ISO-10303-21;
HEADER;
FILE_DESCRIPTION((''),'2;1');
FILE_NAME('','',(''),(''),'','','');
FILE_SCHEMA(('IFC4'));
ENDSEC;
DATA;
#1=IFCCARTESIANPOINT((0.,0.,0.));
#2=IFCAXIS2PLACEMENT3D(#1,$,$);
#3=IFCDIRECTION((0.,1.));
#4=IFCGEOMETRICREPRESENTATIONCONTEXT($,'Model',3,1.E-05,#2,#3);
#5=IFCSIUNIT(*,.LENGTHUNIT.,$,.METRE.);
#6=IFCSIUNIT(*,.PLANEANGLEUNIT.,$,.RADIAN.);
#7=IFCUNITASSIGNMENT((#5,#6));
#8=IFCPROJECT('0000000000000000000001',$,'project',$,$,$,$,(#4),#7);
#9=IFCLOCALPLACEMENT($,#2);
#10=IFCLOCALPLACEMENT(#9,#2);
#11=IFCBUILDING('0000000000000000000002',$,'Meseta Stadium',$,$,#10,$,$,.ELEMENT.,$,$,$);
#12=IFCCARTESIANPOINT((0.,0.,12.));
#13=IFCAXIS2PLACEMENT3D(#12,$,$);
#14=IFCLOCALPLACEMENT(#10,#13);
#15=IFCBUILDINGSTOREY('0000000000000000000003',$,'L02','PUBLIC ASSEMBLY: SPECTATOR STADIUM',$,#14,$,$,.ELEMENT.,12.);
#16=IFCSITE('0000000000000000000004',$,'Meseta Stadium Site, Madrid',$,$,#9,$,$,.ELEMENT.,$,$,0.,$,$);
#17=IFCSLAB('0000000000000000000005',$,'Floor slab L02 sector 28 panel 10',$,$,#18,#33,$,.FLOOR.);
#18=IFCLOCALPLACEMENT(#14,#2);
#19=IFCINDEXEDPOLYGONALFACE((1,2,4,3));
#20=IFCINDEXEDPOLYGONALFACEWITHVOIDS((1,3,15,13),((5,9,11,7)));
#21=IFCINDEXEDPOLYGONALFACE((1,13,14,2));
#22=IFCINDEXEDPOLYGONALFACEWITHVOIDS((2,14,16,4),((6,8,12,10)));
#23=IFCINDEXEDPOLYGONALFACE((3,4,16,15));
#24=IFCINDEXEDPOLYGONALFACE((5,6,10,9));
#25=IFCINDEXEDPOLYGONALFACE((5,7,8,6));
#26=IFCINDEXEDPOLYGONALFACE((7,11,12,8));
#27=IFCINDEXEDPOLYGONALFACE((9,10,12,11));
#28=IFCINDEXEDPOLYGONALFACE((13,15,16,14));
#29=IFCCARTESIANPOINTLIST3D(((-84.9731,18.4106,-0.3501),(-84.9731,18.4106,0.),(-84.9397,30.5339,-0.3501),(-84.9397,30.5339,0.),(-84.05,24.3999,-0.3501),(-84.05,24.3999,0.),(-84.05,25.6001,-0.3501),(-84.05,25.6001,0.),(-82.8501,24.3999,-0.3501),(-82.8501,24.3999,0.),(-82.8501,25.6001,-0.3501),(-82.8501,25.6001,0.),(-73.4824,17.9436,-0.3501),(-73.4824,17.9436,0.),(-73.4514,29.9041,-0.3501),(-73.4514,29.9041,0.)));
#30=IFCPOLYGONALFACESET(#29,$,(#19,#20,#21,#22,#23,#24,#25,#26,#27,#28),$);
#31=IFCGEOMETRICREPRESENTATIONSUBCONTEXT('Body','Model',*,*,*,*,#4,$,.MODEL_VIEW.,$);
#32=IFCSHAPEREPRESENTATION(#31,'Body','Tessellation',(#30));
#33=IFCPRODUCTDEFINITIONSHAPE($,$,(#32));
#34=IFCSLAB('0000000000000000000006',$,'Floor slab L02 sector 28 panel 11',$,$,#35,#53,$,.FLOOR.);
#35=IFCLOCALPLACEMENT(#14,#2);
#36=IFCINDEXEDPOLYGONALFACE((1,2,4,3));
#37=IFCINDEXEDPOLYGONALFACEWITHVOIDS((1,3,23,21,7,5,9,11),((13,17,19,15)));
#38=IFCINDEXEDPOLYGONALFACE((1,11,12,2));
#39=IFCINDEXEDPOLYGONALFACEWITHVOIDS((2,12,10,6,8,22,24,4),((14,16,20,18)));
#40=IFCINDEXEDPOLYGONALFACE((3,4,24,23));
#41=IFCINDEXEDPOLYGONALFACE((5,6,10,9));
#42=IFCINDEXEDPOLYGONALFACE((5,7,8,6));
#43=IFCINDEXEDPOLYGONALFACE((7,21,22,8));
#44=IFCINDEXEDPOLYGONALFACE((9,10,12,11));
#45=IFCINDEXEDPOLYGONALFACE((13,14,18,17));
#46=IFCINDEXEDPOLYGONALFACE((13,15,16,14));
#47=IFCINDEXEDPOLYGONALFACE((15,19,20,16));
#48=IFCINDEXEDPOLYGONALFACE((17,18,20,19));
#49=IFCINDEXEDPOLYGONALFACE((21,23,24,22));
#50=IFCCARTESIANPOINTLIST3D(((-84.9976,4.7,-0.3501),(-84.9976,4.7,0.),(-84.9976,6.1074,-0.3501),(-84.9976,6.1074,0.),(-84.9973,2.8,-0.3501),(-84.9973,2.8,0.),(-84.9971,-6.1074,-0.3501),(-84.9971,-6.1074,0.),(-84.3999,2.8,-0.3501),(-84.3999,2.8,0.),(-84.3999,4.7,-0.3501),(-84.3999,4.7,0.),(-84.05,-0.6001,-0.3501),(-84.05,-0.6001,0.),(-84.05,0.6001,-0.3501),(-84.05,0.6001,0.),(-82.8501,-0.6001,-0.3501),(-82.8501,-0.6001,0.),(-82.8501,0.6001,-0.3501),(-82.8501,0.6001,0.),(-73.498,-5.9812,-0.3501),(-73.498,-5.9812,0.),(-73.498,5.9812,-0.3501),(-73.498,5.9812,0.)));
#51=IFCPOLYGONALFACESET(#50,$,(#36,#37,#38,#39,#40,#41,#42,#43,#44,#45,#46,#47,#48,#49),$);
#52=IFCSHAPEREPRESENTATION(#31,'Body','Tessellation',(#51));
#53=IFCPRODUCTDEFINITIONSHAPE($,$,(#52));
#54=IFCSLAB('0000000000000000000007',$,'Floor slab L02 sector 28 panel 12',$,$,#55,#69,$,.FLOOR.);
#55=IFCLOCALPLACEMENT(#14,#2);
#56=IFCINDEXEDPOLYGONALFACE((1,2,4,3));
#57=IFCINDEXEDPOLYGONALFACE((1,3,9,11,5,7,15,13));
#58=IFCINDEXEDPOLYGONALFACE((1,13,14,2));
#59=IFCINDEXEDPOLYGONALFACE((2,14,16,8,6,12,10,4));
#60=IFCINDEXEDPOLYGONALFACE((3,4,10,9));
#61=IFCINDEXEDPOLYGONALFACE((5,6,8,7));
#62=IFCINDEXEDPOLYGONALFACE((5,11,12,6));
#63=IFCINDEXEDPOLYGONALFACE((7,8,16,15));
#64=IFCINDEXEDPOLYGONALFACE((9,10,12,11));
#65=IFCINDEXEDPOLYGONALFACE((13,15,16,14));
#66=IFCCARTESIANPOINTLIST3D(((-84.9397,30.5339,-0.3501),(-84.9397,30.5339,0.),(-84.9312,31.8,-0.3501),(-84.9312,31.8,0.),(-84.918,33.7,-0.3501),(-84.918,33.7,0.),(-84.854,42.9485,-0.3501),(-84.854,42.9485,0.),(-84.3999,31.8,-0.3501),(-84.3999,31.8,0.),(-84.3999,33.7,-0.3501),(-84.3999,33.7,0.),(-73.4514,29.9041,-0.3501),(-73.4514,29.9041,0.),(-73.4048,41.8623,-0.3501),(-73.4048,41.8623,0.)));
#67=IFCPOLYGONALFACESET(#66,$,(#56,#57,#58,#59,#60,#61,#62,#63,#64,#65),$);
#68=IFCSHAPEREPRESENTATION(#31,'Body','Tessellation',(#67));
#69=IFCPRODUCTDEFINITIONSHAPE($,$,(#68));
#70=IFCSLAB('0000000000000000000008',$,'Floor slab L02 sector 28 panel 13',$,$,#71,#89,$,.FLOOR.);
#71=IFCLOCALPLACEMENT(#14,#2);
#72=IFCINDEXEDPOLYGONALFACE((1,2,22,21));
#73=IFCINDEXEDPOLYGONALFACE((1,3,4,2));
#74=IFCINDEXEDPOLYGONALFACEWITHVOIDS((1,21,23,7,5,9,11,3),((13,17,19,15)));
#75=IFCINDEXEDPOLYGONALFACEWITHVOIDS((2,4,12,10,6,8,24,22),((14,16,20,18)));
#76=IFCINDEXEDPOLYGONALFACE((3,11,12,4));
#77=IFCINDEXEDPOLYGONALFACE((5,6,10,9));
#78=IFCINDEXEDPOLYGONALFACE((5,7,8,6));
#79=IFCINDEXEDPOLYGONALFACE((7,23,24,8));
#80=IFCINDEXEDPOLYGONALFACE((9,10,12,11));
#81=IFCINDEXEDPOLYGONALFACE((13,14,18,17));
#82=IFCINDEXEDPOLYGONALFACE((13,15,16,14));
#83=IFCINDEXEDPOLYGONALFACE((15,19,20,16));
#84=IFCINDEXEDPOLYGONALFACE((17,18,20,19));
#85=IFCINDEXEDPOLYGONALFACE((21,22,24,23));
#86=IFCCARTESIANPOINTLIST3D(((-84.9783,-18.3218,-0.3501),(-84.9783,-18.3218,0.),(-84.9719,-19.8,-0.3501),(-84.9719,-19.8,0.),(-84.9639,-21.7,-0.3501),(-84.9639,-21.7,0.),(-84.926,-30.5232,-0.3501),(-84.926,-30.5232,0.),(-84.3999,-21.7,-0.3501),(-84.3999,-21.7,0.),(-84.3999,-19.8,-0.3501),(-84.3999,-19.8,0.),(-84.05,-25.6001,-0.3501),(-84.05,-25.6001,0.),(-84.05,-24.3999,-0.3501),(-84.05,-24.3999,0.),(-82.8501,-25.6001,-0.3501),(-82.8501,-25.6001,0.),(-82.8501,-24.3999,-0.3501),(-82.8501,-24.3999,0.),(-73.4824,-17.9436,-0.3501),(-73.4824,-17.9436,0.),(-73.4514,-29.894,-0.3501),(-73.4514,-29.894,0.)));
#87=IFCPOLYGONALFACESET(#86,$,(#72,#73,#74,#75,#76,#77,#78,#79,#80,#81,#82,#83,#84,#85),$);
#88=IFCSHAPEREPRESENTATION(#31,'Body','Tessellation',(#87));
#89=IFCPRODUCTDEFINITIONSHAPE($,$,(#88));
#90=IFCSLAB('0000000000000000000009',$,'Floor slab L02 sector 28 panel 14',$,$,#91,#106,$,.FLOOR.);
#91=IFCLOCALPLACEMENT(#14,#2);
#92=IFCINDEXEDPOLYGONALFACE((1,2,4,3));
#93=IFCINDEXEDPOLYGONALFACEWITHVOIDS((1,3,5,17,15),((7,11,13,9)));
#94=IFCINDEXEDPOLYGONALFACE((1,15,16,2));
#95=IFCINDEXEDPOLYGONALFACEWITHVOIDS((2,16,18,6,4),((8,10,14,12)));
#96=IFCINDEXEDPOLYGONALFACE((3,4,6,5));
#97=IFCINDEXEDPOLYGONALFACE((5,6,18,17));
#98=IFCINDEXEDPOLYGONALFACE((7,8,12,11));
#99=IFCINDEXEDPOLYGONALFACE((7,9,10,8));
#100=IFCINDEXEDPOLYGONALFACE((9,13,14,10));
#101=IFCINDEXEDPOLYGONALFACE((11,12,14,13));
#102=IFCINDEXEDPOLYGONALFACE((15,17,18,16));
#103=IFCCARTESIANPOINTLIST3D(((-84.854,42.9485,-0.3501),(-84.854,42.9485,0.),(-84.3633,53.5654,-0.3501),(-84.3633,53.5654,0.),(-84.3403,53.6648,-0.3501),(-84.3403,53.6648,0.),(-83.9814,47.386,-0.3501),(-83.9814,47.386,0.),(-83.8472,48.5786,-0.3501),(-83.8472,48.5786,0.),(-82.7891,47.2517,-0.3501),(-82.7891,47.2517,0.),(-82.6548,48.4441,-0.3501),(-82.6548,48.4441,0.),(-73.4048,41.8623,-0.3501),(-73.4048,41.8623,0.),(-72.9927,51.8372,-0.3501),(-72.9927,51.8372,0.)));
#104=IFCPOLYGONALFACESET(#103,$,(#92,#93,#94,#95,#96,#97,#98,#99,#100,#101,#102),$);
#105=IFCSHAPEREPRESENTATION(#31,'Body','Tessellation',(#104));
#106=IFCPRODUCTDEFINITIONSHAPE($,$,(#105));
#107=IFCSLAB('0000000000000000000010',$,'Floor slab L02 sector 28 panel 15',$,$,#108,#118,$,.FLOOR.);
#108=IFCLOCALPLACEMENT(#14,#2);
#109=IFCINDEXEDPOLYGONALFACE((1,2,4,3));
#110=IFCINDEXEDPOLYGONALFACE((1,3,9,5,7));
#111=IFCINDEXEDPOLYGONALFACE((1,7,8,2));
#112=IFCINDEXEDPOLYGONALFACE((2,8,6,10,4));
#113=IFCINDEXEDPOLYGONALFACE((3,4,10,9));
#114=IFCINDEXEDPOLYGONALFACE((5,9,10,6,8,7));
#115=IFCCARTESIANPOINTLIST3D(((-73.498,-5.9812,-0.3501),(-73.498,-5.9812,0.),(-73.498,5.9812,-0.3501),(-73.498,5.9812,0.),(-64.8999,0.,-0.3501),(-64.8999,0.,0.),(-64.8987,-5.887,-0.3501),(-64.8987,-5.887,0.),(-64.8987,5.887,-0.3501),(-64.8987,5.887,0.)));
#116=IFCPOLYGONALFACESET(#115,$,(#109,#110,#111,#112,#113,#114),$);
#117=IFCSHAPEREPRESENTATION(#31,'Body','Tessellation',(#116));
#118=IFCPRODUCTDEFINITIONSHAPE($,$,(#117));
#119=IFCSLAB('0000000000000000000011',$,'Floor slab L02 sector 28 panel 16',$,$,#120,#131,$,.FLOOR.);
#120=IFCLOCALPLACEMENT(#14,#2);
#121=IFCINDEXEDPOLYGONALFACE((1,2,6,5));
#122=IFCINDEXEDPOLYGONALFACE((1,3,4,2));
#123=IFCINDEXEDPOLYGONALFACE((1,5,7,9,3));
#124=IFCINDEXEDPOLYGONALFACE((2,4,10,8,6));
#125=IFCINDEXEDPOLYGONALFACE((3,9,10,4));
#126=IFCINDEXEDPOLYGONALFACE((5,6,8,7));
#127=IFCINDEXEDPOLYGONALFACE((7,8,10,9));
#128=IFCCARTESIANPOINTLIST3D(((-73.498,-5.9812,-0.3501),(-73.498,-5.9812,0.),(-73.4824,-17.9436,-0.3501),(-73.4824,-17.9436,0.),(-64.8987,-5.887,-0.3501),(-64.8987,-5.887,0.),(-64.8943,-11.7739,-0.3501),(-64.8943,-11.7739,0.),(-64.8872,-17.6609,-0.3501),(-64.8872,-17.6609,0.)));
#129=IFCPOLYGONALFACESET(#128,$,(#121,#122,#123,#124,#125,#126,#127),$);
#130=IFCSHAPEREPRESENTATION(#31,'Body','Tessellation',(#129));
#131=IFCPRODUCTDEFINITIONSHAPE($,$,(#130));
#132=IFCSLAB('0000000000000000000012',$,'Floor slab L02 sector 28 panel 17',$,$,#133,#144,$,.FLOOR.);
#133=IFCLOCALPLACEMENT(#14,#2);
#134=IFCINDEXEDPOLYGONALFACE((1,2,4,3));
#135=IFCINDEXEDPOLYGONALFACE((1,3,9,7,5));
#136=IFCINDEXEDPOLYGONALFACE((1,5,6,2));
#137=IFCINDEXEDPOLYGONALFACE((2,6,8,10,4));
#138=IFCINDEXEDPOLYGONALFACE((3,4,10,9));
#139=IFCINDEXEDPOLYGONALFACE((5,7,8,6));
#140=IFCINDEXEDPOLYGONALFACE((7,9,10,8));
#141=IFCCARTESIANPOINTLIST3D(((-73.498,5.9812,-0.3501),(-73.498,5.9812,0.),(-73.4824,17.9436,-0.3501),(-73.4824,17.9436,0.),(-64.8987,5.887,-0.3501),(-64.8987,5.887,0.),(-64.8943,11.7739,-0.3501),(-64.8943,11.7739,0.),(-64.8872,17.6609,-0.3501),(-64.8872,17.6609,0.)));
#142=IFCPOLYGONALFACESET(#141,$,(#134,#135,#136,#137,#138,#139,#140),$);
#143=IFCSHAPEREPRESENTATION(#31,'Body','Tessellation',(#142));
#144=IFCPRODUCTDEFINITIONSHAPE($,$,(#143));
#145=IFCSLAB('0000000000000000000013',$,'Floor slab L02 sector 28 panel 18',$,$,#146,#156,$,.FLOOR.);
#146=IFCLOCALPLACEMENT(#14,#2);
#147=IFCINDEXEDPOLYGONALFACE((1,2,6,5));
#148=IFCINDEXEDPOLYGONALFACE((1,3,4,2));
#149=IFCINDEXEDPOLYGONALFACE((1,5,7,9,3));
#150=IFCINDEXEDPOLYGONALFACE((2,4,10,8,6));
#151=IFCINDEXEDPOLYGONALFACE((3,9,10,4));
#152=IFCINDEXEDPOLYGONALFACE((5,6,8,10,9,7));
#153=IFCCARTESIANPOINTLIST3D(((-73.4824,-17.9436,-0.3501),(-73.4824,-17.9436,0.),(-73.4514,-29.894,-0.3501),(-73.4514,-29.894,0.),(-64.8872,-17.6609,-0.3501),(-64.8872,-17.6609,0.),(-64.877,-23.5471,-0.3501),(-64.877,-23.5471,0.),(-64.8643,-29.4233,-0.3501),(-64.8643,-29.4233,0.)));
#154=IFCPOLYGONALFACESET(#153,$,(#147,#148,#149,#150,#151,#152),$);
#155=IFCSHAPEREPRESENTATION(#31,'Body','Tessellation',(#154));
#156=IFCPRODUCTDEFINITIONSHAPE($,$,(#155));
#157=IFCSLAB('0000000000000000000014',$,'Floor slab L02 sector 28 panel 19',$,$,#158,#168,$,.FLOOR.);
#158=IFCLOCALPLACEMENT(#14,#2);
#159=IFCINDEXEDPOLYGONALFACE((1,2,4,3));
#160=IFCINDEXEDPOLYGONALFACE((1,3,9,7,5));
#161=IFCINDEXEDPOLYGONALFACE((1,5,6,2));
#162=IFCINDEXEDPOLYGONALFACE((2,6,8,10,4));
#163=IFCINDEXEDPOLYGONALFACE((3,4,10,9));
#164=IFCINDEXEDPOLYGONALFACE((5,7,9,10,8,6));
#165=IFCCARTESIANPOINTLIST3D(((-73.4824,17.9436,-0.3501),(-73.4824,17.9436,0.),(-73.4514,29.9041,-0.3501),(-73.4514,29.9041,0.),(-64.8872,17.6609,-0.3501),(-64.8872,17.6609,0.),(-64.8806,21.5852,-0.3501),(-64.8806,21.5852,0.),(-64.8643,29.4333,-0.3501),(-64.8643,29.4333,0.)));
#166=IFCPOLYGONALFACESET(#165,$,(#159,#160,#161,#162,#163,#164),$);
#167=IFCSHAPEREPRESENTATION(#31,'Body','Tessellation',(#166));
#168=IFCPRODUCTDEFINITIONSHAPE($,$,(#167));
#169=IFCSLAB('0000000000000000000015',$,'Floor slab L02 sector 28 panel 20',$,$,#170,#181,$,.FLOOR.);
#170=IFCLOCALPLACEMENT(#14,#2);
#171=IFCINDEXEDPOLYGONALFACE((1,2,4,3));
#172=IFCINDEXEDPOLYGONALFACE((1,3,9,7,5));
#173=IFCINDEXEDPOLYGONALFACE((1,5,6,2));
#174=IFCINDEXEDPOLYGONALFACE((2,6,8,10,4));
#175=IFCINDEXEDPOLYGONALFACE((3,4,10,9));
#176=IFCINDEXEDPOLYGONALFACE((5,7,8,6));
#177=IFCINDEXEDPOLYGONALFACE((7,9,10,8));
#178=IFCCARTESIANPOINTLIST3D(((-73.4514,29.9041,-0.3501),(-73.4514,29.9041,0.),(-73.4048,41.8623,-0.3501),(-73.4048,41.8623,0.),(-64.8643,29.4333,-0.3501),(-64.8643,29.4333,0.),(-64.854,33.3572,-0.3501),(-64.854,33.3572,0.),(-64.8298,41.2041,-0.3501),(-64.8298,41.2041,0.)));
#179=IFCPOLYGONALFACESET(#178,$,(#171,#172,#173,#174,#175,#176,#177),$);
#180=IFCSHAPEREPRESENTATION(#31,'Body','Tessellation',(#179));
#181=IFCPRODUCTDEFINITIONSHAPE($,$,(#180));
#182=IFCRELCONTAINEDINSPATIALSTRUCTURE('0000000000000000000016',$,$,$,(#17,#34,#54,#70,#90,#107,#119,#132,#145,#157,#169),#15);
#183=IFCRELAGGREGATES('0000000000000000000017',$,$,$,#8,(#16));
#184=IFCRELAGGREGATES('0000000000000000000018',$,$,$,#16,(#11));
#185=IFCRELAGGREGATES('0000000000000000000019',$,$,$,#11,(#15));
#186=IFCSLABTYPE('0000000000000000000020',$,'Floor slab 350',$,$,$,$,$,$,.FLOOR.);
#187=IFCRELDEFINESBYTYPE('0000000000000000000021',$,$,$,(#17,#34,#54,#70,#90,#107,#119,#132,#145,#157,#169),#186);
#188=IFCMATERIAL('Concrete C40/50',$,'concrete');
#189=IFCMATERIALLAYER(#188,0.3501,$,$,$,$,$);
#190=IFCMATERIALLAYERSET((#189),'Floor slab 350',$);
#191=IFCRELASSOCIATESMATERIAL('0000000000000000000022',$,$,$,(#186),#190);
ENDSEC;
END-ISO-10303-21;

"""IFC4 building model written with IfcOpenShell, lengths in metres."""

from ifc_helpers import new_model, si_unit, direction, frame, origin, place, context, subcontext, project, spatial, polyline, outline, extrude, material, layer, layer_set, type_object, element, save


model = new_model("IFC4")

# Units and contexts
model_context = context("Model", 3, precision=1e-05, world=origin(), true_north=direction((0.0, 1.0)))
body_context = subcontext(model_context, "Body", "Model", "MODEL_VIEW")
ifc_project = project(units=[si_unit("LENGTHUNIT", "METRE"), si_unit("PLANEANGLEUNIT", "RADIAN")], contexts=[model_context])

# Site, building, storey
site_placement = place(None, origin())
site = spatial("IfcSite", under=ifc_project, at=site_placement, Name="Meseta Stadium Site, Madrid", CompositionType="ELEMENT", RefElevation=0.0)
building_placement = place(site_placement, origin())
building = spatial("IfcBuilding", under=site, at=building_placement, Name="Meseta Stadium", CompositionType="ELEMENT")
storey_placement = place(building_placement, frame((0.0, 0.0, 12.0)))
storey = spatial("IfcBuildingStorey", under=building, at=storey_placement, Name="L02", Description="PUBLIC ASSEMBLY: SPECTATOR STADIUM", CompositionType="ELEMENT", Elevation=12.0)

# Slabs
ifc_material = material(Name="Concrete C40/50", Category="concrete")
ifc_layer = layer(ifc_material, 0.3501)
ifc_layer_set = layer_set([ifc_layer], Name="Floor slab 350")
slab_type = type_object("IfcSlabType", Name="Floor slab 350", PredefinedType="FLOOR", material=ifc_layer_set)
slab_1_placement = place(storey_placement, frame((0.0, 0.0, -0.3501)))
element("IfcSlab", 1, at=slab_1_placement, inside=storey, type_object=slab_type, Name="Floor slab L02 sector 28 panel 10", PredefinedType="FLOOR", context=body_context, shape_type="SweptSolid", body=[
    extrude(outline(polyline([(-73.4514, 29.9041), (-84.9397, 30.5339), (-84.9731, 18.4106), (-73.4824, 17.9436), (-73.4514, 29.9041)]), holes=[polyline([(-82.8501, 25.6001), (-82.8501, 24.3999), (-84.05, 24.3999), (-84.05, 25.6001), (-82.8501, 25.6001)])]), origin(), (0.0, 0.0, 1.0), 0.3501),
])
slab_2_placement = place(storey_placement, frame((0.0, 0.0, -0.3501)))
element("IfcSlab", 2, at=slab_2_placement, inside=storey, type_object=slab_type, Name="Floor slab L02 sector 28 panel 11", PredefinedType="FLOOR", context=body_context, shape_type="SweptSolid", body=[
    extrude(outline(polyline([(-73.498, 5.9812), (-84.9976, 6.1074), (-84.9976, 4.7), (-84.3999, 4.7), (-84.3999, 2.8), (-84.9973, 2.8), (-84.9971, -6.1074), (-73.498, -5.9812), (-73.498, 5.9812)]), holes=[polyline([(-82.8501, -0.6001), (-84.05, -0.6001), (-84.05, 0.6001), (-82.8501, 0.6001), (-82.8501, -0.6001)])]), origin(), (0.0, 0.0, 1.0), 0.3501),
])
slab_3_placement = place(storey_placement, frame((0.0, 0.0, -0.3501)))
element("IfcSlab", 3, at=slab_3_placement, inside=storey, type_object=slab_type, Name="Floor slab L02 sector 28 panel 12", PredefinedType="FLOOR", context=body_context, shape_type="SweptSolid", body=[
    extrude(outline(polyline([(-73.4048, 41.8623), (-84.854, 42.9485), (-84.918, 33.7), (-84.3999, 33.7), (-84.3999, 31.8), (-84.9312, 31.8), (-84.9397, 30.5339), (-73.4514, 29.9041), (-73.4048, 41.8623)])), origin(), (0.0, 0.0, 1.0), 0.3501),
])
slab_4_placement = place(storey_placement, frame((0.0, 0.0, -0.3501)))
element("IfcSlab", 4, at=slab_4_placement, inside=storey, type_object=slab_type, Name="Floor slab L02 sector 28 panel 13", PredefinedType="FLOOR", context=body_context, shape_type="SweptSolid", body=[
    extrude(outline(polyline([(-84.9639, -21.7), (-84.926, -30.5232), (-73.4514, -29.894), (-73.4824, -17.9436), (-84.9783, -18.3218), (-84.9719, -19.8), (-84.3999, -19.8), (-84.3999, -21.7), (-84.9639, -21.7)]), holes=[polyline([(-82.8501, -24.3999), (-82.8501, -25.6001), (-84.05, -25.6001), (-84.05, -24.3999), (-82.8501, -24.3999)])]), origin(), (0.0, 0.0, 1.0), 0.3501),
])
slab_5_placement = place(storey_placement, frame((0.0, 0.0, -0.3501)))
element("IfcSlab", 5, at=slab_5_placement, inside=storey, type_object=slab_type, Name="Floor slab L02 sector 28 panel 14", PredefinedType="FLOOR", context=body_context, shape_type="SweptSolid", body=[
    extrude(outline(polyline([(-72.9927, 51.8372), (-84.3403, 53.6648), (-84.3633, 53.5654), (-84.854, 42.9485), (-73.4048, 41.8623), (-72.9927, 51.8372)]), holes=[polyline([(-83.8472, 48.5786), (-82.6548, 48.4441), (-82.7891, 47.2517), (-83.9814, 47.386), (-83.8472, 48.5786)])]), origin(), (0.0, 0.0, 1.0), 0.3501),
])
slab_6_placement = place(storey_placement, frame((0.0, 0.0, -0.3501)))
element("IfcSlab", 6, at=slab_6_placement, inside=storey, type_object=slab_type, Name="Floor slab L02 sector 28 panel 15", PredefinedType="FLOOR", context=body_context, shape_type="SweptSolid", body=[
    extrude(outline(polyline([(-64.8999, 0.0), (-64.8987, 5.887), (-73.498, 5.9812), (-73.498, -5.9812), (-64.8987, -5.887), (-64.8999, 0.0)])), origin(), (0.0, 0.0, 1.0), 0.3501),
])
slab_7_placement = place(storey_placement, frame((0.0, 0.0, -0.3501)))
element("IfcSlab", 7, at=slab_7_placement, inside=storey, type_object=slab_type, Name="Floor slab L02 sector 28 panel 16", PredefinedType="FLOOR", context=body_context, shape_type="SweptSolid", body=[
    extrude(outline(polyline([(-64.8943, -11.7739), (-64.8987, -5.887), (-73.498, -5.9812), (-73.4824, -17.9436), (-64.8872, -17.6609), (-64.8943, -11.7739)])), origin(), (0.0, 0.0, 1.0), 0.3501),
])
slab_8_placement = place(storey_placement, frame((0.0, 0.0, -0.3501)))
element("IfcSlab", 8, at=slab_8_placement, inside=storey, type_object=slab_type, Name="Floor slab L02 sector 28 panel 17", PredefinedType="FLOOR", context=body_context, shape_type="SweptSolid", body=[
    extrude(outline(polyline([(-64.8943, 11.7739), (-64.8872, 17.6609), (-73.4824, 17.9436), (-73.498, 5.9812), (-64.8987, 5.887), (-64.8943, 11.7739)])), origin(), (0.0, 0.0, 1.0), 0.3501),
])
slab_9_placement = place(storey_placement, frame((0.0, 0.0, -0.3501)))
element("IfcSlab", 9, at=slab_9_placement, inside=storey, type_object=slab_type, Name="Floor slab L02 sector 28 panel 18", PredefinedType="FLOOR", context=body_context, shape_type="SweptSolid", body=[
    extrude(outline(polyline([(-73.4514, -29.894), (-64.8643, -29.4233), (-64.877, -23.5471), (-64.8872, -17.6609), (-73.4824, -17.9436), (-73.4514, -29.894)])), origin(), (0.0, 0.0, 1.0), 0.3501),
])
slab_10_placement = place(storey_placement, frame((0.0, 0.0, -0.3501)))
element("IfcSlab", 10, at=slab_10_placement, inside=storey, type_object=slab_type, Name="Floor slab L02 sector 28 panel 19", PredefinedType="FLOOR", context=body_context, shape_type="SweptSolid", body=[
    extrude(outline(polyline([(-64.8806, 21.5852), (-64.8643, 29.4333), (-73.4514, 29.9041), (-73.4824, 17.9436), (-64.8872, 17.6609), (-64.8806, 21.5852)])), origin(), (0.0, 0.0, 1.0), 0.3501),
])
slab_11_placement = place(storey_placement, frame((0.0, 0.0, -0.3501)))
element("IfcSlab", 11, at=slab_11_placement, inside=storey, type_object=slab_type, Name="Floor slab L02 sector 28 panel 20", PredefinedType="FLOOR", context=body_context, shape_type="SweptSolid", body=[
    extrude(outline(polyline([(-64.854, 33.3572), (-64.8298, 41.2041), (-73.4048, 41.8623), (-73.4514, 29.9041), (-64.8643, 29.4333), (-64.854, 33.3572)])), origin(), (0.0, 0.0, 1.0), 0.3501),
])

save(model, "model.ifc")
